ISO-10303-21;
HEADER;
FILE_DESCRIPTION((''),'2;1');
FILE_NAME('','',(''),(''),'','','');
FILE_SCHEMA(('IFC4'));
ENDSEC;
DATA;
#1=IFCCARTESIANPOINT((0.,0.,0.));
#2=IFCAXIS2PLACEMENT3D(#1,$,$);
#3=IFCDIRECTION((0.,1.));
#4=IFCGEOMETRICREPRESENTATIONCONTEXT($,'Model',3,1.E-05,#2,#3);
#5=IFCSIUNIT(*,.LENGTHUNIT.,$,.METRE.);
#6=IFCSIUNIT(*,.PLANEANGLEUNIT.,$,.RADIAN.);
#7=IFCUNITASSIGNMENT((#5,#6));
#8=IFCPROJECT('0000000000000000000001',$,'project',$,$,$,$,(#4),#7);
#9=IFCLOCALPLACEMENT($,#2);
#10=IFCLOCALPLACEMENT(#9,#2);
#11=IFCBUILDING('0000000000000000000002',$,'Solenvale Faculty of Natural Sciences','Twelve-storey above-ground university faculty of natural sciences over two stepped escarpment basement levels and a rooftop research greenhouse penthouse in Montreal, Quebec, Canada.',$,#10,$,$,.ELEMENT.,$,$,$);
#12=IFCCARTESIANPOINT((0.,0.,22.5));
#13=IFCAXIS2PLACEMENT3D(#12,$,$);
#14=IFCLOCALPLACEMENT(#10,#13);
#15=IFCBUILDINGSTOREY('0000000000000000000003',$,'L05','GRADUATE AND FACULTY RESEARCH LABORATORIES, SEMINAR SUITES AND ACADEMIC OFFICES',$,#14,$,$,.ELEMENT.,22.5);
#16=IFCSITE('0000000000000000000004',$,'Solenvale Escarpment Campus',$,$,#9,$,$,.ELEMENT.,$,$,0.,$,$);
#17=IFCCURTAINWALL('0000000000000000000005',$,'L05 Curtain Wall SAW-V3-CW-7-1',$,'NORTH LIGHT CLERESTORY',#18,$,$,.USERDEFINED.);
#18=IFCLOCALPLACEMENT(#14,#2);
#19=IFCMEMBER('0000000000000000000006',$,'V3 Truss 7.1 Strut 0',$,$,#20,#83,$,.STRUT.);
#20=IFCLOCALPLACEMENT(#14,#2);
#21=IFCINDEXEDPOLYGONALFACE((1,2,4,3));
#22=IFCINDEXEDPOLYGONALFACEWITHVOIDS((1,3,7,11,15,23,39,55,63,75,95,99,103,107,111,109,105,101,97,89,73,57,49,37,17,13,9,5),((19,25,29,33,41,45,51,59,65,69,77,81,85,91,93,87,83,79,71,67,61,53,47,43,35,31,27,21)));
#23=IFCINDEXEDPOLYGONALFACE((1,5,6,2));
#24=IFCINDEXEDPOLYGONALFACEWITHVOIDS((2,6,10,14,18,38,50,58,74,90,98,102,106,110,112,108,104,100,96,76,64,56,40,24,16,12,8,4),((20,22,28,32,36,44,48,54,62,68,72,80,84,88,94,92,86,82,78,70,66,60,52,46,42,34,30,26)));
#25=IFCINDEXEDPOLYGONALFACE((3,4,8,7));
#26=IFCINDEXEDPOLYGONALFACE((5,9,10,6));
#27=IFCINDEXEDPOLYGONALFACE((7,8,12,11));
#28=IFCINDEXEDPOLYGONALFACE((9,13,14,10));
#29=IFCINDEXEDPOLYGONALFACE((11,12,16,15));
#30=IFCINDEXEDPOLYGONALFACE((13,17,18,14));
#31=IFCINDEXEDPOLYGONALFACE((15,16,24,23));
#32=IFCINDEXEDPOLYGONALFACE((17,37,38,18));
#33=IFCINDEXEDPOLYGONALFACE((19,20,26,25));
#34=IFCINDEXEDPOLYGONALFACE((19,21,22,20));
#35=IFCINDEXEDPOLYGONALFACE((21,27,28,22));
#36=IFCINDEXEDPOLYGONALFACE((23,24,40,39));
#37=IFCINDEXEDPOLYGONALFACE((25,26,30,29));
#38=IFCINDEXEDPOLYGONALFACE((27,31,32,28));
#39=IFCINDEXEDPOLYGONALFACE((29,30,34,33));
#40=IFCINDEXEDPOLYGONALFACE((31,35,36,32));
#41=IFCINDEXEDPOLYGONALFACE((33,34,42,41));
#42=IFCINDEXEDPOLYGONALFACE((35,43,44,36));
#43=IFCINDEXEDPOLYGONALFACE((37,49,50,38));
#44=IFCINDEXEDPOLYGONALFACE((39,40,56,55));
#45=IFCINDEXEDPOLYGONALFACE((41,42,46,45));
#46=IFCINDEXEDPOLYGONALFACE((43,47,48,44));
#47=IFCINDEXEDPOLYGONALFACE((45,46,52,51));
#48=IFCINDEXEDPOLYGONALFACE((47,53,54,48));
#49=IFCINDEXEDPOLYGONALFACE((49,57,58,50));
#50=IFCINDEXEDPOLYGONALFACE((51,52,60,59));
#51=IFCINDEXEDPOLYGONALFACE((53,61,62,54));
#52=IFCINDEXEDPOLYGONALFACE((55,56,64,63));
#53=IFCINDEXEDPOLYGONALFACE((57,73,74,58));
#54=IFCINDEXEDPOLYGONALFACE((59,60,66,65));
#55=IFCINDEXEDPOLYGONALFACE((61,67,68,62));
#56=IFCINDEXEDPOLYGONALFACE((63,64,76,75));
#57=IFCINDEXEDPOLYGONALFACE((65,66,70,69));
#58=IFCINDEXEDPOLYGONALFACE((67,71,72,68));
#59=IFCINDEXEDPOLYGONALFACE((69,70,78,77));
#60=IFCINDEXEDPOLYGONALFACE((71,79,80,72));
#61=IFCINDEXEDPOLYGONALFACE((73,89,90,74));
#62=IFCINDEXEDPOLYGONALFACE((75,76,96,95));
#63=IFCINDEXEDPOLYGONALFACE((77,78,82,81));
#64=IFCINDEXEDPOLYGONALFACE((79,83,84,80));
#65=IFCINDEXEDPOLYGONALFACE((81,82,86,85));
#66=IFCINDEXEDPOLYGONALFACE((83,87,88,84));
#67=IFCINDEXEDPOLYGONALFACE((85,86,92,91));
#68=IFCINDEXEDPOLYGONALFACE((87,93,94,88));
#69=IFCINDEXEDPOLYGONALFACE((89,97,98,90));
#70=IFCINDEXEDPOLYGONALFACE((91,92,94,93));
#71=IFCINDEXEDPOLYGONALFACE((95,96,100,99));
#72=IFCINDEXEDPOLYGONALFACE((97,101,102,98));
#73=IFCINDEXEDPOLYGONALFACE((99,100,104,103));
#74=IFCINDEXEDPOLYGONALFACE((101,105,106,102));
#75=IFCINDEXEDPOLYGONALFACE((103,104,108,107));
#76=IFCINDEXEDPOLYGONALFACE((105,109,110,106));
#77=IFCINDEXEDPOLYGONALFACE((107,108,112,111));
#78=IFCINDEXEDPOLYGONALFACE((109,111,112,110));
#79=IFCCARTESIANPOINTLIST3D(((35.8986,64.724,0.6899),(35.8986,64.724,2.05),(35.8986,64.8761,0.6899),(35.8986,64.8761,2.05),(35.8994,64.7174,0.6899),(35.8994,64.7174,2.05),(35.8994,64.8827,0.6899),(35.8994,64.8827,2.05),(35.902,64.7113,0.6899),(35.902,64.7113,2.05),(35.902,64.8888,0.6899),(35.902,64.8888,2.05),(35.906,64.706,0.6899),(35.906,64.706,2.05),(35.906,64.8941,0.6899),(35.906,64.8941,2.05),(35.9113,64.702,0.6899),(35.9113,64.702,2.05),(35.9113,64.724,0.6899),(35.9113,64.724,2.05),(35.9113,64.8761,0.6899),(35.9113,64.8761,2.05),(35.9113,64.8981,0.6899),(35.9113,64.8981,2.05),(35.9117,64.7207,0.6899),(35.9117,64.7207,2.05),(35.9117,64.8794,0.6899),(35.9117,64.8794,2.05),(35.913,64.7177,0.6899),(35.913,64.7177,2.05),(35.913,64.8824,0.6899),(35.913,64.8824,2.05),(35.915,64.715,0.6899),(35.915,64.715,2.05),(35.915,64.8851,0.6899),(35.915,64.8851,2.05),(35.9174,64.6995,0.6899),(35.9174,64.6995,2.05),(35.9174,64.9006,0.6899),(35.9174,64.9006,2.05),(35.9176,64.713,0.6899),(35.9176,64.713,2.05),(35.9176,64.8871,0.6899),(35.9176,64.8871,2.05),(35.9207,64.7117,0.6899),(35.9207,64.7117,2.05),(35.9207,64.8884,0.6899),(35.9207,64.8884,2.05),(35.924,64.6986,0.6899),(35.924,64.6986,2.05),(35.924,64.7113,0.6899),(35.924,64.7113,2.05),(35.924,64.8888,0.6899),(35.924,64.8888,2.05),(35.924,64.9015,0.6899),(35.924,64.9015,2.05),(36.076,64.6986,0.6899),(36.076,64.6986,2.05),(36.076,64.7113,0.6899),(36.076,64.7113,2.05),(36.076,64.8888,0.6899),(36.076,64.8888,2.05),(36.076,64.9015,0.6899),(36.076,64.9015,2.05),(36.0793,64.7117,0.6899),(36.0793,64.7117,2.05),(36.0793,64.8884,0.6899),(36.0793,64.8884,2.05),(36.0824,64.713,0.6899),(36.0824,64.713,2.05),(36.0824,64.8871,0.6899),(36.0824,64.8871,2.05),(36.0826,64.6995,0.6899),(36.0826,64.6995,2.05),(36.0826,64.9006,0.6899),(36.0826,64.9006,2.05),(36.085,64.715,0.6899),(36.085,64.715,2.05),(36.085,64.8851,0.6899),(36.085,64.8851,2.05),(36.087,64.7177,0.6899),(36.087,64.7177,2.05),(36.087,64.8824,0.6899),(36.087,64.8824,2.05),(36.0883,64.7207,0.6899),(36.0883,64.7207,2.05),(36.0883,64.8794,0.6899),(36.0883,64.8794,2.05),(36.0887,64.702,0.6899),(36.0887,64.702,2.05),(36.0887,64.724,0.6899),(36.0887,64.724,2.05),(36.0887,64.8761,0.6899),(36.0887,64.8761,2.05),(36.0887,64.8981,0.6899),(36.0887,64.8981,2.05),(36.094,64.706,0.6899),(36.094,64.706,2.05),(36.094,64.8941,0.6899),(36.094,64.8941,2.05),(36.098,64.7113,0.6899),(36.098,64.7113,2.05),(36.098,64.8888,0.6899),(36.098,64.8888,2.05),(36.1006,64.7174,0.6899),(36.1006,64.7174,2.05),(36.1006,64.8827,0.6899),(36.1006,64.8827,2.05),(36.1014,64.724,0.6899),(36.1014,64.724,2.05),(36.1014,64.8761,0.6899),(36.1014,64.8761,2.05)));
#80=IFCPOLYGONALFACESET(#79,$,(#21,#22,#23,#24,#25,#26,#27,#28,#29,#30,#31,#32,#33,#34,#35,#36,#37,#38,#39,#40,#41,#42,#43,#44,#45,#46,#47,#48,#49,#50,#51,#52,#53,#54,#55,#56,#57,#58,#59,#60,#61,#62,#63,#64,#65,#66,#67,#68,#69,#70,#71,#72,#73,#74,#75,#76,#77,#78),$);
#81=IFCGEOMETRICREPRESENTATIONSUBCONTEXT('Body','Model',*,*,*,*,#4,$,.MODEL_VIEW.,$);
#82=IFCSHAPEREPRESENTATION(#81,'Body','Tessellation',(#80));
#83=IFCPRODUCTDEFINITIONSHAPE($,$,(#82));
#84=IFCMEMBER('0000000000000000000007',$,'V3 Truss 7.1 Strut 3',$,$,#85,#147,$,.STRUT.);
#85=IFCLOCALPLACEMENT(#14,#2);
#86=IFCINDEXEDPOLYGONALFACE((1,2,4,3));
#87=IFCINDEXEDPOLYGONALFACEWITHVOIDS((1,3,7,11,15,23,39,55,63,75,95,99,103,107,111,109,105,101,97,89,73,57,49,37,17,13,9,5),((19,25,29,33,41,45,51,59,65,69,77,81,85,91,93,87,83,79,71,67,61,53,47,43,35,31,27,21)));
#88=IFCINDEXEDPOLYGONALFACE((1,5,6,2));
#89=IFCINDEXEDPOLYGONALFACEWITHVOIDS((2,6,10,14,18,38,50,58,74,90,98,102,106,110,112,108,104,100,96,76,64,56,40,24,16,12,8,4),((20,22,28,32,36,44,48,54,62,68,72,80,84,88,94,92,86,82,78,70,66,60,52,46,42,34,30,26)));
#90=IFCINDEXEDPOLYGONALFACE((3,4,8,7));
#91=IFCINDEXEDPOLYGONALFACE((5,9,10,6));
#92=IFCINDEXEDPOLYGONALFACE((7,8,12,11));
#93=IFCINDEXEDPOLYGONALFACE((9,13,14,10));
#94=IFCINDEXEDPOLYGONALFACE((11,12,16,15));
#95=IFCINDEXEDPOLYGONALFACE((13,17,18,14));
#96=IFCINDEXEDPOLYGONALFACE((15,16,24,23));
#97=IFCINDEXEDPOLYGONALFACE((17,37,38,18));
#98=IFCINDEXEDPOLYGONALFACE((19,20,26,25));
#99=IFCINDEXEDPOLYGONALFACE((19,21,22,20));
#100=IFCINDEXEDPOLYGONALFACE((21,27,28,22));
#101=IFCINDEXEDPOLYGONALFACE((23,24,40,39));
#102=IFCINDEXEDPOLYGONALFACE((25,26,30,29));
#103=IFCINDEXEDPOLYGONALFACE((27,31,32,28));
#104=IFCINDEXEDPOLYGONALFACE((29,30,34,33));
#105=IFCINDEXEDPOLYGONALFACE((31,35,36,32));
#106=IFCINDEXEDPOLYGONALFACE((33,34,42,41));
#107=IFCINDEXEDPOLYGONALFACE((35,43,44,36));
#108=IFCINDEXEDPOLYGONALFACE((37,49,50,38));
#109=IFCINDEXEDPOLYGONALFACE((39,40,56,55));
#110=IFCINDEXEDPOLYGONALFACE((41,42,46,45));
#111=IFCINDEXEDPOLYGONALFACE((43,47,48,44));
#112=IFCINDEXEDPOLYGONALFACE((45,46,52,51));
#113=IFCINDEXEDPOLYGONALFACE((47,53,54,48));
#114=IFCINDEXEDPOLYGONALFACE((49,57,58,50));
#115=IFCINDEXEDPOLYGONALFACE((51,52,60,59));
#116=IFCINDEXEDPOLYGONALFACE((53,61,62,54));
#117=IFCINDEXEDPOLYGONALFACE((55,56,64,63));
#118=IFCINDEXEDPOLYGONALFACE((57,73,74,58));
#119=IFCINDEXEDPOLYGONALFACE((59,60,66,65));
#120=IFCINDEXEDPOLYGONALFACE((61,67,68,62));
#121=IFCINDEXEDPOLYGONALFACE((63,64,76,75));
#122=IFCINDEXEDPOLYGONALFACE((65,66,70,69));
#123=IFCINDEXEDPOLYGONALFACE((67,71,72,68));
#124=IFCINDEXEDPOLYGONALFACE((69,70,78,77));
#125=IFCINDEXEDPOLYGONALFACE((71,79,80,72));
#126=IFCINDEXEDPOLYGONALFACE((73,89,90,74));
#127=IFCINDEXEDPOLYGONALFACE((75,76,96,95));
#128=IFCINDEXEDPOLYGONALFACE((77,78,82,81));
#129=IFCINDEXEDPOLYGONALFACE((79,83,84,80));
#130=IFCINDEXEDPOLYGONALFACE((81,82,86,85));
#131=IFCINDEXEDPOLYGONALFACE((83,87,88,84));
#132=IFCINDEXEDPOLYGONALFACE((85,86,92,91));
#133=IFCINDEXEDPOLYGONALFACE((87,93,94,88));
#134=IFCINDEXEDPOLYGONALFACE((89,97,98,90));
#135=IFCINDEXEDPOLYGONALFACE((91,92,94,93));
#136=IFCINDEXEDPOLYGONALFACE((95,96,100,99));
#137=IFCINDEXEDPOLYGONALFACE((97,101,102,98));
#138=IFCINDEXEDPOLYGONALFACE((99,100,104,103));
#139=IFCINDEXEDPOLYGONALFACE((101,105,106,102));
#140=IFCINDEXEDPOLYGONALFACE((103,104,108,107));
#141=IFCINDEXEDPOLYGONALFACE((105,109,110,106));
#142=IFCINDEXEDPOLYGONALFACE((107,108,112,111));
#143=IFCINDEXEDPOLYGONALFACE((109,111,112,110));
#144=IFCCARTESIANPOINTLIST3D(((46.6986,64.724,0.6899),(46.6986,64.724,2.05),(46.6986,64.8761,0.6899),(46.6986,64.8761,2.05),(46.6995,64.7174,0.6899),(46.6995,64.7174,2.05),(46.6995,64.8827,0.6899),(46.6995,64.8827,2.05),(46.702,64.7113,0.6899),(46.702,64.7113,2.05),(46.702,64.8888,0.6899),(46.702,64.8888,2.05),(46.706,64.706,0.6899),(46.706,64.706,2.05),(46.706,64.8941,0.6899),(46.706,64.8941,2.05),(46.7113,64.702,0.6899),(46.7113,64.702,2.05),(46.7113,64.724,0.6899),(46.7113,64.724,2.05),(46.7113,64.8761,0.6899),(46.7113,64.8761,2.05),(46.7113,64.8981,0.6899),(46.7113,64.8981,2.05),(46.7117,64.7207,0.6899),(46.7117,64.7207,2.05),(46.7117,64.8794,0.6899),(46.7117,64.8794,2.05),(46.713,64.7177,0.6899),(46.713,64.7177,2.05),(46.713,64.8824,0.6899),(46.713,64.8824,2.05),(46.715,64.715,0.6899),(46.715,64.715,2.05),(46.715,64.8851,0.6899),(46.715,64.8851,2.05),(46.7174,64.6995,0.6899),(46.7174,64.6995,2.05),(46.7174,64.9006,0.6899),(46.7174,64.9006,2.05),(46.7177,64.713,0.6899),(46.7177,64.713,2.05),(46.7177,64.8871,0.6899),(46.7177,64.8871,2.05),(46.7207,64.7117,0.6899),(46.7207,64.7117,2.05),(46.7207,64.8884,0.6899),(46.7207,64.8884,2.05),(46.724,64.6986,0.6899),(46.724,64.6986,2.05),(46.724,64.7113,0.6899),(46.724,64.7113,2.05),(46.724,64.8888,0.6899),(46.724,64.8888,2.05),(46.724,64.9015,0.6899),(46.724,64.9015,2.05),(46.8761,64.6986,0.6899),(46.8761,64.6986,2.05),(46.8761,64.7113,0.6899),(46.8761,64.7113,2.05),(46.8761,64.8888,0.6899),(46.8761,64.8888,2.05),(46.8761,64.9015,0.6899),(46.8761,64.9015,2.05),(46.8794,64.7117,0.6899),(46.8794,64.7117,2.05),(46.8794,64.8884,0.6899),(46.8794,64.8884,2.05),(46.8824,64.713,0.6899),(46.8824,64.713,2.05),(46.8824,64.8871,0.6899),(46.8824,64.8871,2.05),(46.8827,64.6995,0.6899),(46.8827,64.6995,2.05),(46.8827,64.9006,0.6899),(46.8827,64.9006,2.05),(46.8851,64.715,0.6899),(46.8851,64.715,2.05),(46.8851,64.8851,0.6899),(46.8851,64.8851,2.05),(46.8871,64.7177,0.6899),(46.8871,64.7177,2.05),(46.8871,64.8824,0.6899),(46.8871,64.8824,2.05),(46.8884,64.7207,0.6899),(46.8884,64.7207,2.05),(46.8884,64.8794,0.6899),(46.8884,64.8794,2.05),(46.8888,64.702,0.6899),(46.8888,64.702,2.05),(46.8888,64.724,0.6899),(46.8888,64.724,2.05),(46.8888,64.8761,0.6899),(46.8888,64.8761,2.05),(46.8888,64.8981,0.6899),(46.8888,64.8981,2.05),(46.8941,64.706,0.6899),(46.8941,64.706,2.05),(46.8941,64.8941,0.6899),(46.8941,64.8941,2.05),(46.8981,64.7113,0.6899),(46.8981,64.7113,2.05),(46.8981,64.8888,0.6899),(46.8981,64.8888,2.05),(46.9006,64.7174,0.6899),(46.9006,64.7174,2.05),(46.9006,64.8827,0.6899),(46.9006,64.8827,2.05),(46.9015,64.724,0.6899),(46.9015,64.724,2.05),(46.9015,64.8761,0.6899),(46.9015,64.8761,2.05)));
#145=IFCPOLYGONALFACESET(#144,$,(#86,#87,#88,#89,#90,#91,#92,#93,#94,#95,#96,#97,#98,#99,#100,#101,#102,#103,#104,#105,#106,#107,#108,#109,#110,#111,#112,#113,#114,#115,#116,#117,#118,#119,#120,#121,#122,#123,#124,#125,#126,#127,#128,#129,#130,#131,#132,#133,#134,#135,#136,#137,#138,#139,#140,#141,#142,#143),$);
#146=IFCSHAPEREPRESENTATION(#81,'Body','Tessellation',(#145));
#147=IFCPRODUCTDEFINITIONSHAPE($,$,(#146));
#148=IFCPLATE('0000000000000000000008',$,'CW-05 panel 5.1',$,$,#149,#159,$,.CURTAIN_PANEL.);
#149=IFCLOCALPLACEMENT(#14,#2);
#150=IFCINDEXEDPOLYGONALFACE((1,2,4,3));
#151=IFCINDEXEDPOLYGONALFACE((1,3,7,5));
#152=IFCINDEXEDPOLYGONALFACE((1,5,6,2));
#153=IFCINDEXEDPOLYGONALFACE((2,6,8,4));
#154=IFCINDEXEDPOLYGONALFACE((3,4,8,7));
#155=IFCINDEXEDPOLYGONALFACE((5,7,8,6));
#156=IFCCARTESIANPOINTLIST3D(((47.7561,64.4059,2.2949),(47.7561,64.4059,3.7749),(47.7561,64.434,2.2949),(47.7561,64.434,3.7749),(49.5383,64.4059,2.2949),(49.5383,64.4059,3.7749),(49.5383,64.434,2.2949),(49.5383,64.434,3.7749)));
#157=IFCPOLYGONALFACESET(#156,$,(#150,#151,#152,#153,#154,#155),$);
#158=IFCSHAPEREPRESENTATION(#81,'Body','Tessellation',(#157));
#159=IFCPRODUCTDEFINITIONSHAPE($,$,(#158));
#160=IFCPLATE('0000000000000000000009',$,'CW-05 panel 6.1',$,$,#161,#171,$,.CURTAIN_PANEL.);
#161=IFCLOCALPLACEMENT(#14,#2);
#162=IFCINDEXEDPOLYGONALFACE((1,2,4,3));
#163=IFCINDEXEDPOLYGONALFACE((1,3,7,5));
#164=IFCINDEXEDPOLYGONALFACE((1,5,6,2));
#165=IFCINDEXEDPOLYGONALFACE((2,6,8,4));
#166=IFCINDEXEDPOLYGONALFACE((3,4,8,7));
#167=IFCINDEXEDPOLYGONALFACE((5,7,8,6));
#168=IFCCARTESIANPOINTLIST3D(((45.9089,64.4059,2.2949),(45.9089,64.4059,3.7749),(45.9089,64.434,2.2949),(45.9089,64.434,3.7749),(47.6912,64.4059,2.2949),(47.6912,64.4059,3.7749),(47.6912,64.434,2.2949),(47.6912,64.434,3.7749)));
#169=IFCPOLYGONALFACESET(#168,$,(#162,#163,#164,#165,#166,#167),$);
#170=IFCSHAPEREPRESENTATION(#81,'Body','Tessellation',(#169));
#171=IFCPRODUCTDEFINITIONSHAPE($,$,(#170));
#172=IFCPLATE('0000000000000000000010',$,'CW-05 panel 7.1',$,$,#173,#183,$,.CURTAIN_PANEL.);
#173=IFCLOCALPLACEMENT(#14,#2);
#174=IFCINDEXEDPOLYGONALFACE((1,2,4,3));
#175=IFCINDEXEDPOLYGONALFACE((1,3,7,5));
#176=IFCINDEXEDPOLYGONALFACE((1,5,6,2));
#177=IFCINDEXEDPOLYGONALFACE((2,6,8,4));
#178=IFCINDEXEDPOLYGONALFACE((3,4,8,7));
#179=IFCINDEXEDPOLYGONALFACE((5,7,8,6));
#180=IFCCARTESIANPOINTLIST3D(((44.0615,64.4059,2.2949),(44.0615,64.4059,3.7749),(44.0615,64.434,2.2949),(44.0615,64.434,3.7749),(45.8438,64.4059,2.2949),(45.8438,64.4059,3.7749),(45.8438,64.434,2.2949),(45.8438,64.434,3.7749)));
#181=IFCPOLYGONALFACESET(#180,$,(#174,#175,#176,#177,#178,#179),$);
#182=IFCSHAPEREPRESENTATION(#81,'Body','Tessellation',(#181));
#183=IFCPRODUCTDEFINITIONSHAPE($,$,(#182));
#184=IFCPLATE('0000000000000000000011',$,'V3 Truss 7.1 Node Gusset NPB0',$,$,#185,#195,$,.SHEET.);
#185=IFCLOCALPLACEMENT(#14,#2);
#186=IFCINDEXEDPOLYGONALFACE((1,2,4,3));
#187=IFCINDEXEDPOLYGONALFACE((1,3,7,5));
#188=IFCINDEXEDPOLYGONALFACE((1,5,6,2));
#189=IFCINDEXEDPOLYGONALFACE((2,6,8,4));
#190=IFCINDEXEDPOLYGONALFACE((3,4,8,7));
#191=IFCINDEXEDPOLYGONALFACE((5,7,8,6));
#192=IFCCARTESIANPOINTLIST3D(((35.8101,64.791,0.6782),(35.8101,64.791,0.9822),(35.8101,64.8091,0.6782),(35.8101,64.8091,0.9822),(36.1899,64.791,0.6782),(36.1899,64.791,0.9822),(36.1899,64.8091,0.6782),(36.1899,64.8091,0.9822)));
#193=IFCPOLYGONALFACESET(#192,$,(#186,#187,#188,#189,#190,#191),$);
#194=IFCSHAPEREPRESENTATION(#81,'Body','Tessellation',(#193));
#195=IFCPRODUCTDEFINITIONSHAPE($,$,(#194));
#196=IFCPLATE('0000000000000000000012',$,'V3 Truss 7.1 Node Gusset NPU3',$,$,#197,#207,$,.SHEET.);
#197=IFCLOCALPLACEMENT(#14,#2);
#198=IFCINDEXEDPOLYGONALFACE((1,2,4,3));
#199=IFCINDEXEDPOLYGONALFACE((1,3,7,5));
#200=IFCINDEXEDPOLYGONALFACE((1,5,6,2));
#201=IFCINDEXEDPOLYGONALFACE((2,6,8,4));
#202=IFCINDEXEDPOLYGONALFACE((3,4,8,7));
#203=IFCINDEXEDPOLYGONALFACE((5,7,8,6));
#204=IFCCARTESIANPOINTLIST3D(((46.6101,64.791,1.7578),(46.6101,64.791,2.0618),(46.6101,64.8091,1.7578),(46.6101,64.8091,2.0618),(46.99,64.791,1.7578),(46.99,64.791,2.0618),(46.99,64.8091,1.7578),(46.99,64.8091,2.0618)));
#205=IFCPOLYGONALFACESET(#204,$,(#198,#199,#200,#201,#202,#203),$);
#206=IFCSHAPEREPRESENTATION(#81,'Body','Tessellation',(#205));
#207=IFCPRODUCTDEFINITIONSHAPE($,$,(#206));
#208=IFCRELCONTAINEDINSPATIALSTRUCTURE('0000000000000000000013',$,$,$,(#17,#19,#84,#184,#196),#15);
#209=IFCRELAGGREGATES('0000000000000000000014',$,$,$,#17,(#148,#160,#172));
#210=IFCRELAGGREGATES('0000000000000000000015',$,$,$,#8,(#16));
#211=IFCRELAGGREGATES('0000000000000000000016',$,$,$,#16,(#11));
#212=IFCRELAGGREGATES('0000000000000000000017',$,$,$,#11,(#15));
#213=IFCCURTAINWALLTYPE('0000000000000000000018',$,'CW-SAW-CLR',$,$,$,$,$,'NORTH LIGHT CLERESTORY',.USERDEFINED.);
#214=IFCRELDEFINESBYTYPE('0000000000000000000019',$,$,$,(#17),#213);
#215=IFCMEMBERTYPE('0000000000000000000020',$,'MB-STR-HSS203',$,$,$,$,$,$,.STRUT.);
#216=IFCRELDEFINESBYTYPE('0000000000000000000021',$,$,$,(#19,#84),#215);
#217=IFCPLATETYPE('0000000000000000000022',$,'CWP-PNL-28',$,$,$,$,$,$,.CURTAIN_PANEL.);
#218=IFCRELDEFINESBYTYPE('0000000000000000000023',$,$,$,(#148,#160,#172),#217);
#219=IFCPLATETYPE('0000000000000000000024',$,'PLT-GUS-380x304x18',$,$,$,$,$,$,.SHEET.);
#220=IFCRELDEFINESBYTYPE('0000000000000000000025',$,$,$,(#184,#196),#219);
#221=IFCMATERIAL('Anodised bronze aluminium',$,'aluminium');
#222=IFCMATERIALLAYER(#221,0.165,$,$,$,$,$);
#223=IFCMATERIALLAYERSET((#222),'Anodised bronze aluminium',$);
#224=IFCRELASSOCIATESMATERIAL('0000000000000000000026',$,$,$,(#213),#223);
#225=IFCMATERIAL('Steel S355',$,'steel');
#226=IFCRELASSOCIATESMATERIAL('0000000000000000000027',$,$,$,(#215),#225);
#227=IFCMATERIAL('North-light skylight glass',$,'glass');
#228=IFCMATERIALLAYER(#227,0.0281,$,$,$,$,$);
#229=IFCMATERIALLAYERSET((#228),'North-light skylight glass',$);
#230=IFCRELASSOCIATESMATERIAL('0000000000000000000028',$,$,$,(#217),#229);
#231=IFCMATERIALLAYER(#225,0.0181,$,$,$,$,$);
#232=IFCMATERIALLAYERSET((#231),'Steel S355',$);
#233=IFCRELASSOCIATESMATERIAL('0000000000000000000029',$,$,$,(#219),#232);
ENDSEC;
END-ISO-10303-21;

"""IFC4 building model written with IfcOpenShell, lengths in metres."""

from ifc_helpers import new_model, si_unit, direction, frame, origin, origin_2d, place, context, subcontext, project, spatial, rectangle, hollow_rectangle, extrude, material, layer, layer_set, material_profile, profile_set, type_object, element, aggregate, save


model = new_model("IFC4")

# Units and contexts
model_context = context("Model", 3, precision=1e-05, world=origin(), true_north=direction((0.0, 1.0)))
body_context = subcontext(model_context, "Body", "Model", "MODEL_VIEW")
ifc_project = project(units=[si_unit("LENGTHUNIT", "METRE"), si_unit("PLANEANGLEUNIT", "RADIAN")], contexts=[model_context])

# Site, building, storey
site_placement = place(None, origin())
site = spatial("IfcSite", under=ifc_project, at=site_placement, Name="Solenvale Escarpment Campus", CompositionType="ELEMENT", RefElevation=0.0)
building_placement = place(site_placement, origin())
building = spatial("IfcBuilding", under=site, at=building_placement, Name="Solenvale Faculty of Natural Sciences", Description="Twelve-storey above-ground university faculty of natural sciences over two stepped escarpment basement levels and a rooftop research greenhouse penthouse in Montreal, Quebec, Canada.", CompositionType="ELEMENT")
storey_placement = place(building_placement, frame((0.0, 0.0, 22.5)))
storey = spatial("IfcBuildingStorey", under=building, at=storey_placement, Name="L05", Description="GRADUATE AND FACULTY RESEARCH LABORATORIES, SEMINAR SUITES AND ACADEMIC OFFICES", CompositionType="ELEMENT", Elevation=22.5)

# Shared definitions
ifc_material_1 = material(Name="Steel S355", Category="steel")

# Curtain wall
ifc_material_2 = material(Name="Anodised bronze aluminium", Category="aluminium")
ifc_layer_1 = layer(ifc_material_2, 0.165)
ifc_layer_set_1 = layer_set([ifc_layer_1], Name="Anodised bronze aluminium")
curtain_wall_type = type_object("IfcCurtainWallType", Name="CW-SAW-CLR", ElementType="NORTH LIGHT CLERESTORY", PredefinedType="USERDEFINED", material=ifc_layer_set_1)
curtain_wall_placement = place(storey_placement, origin())
curtain_wall = element("IfcCurtainWall", 1, at=curtain_wall_placement, inside=storey, type_object=curtain_wall_type, Name="L05 Curtain Wall SAW-V3-CW-7-1", ObjectType="NORTH LIGHT CLERESTORY", PredefinedType="USERDEFINED")

# Members
ifc_material_profile_1 = material_profile(ifc_material_1, hollow_rectangle(XDim=0.2029, YDim=0.2029, WallThickness=0.0127, InnerFilletRadius=0.0127, OuterFilletRadius=0.0254, at=origin_2d()), Name="HSS203x203x13")
ifc_profile_set_1 = profile_set([ifc_material_profile_1], Name="Steel S355")
member_type_1 = type_object("IfcMemberType", Name="MB-STR-HSS203", PredefinedType="STRUT", material=ifc_profile_set_1)
for number, where, z_axis, x_axis, name in (
    (2, (36.0, 64.8, 0.6899), (0.0, 0.0, 1.0), (1.0, 0.0, 0.0), "V3 Truss 7.1 Strut 0"),
    (3, (46.8, 64.8, 0.6899), (0.0, 0.0, 1.0), (1.0, 0.0, 0.0), "V3 Truss 7.1 Strut 3"),
):
    element("IfcMember", number, at=place(storey_placement, frame(where, z_axis=z_axis, x_axis=x_axis)), inside=storey, type_object=member_type_1, Name=name, PredefinedType="STRUT", context=body_context, shape_type="SweptSolid", body=[
        extrude(hollow_rectangle(XDim=0.2029, YDim=0.2029, WallThickness=0.0127, InnerFilletRadius=0.0127, OuterFilletRadius=0.0254, at=origin_2d()), origin(), (0.0, 0.0, 1.0), 1.3601),
    ])

# Plates
ifc_material_3 = material(Name="North-light skylight glass", Category="glass")
ifc_layer_2 = layer(ifc_material_3, 0.0281)
ifc_layer_set_2 = layer_set([ifc_layer_2], Name="North-light skylight glass")
plate_type_1 = type_object("IfcPlateType", Name="CWP-PNL-28", PredefinedType="CURTAIN_PANEL", material=ifc_layer_set_2)
plate_1_placement = place(storey_placement, frame((48.6472, 64.4199, 2.2949), z_axis=(0.0, 0.0, 1.0), x_axis=(-1.0, 0.0, 0.0)))
plate_1 = element("IfcPlate", 4, at=plate_1_placement, type_object=plate_type_1, Name="CW-05 panel 5.1", PredefinedType="CURTAIN_PANEL", context=body_context, shape_type="SweptSolid", body=[
    extrude(rectangle(XDim=1.7822, YDim=0.0281, at=origin_2d()), origin(), (0.0, 0.0, 1.0), 1.48),
])
plate_2_placement = place(storey_placement, frame((46.8, 64.4199, 2.2949), z_axis=(0.0, 0.0, 1.0), x_axis=(-1.0, 0.0, 0.0)))
plate_2 = element("IfcPlate", 5, at=plate_2_placement, type_object=plate_type_1, Name="CW-05 panel 6.1", PredefinedType="CURTAIN_PANEL", context=body_context, shape_type="SweptSolid", body=[
    extrude(rectangle(XDim=1.7822, YDim=0.0281, at=origin_2d()), origin(), (0.0, 0.0, 1.0), 1.48),
])
plate_3_placement = place(storey_placement, frame((44.9526, 64.4199, 2.2949), z_axis=(0.0, 0.0, 1.0), x_axis=(-1.0, 0.0, 0.0)))
plate_3 = element("IfcPlate", 6, at=plate_3_placement, type_object=plate_type_1, Name="CW-05 panel 7.1", PredefinedType="CURTAIN_PANEL", context=body_context, shape_type="SweptSolid", body=[
    extrude(rectangle(XDim=1.7822, YDim=0.0281, at=origin_2d()), origin(), (0.0, 0.0, 1.0), 1.48),
])
aggregate(curtain_wall, [plate_1, plate_2, plate_3])

# Plates
ifc_layer_3 = layer(ifc_material_1, 0.0181)
ifc_layer_set_3 = layer_set([ifc_layer_3], Name="Steel S355")
plate_type_2 = type_object("IfcPlateType", Name="PLT-GUS-380x304x18", PredefinedType="SHEET", material=ifc_layer_set_3)
for number, where, z_axis, x_axis, name in (
    (7, (36.0, 64.8, 0.6782), (0.0, 0.0, 1.0), (1.0, 0.0, 0.0), "V3 Truss 7.1 Node Gusset NPB0"),
    (8, (46.8, 64.8, 1.7578), (0.0, 0.0, 1.0), (1.0, 0.0, 0.0), "V3 Truss 7.1 Node Gusset NPU3"),
):
    element("IfcPlate", number, at=place(storey_placement, frame(where, z_axis=z_axis, x_axis=x_axis)), inside=storey, type_object=plate_type_2, Name=name, PredefinedType="SHEET", context=body_context, shape_type="SweptSolid", body=[
        extrude(rectangle(XDim=0.3799, YDim=0.0181, at=origin_2d()), origin(), (0.0, 0.0, 1.0), 0.304),
    ])

save(model, "model.ifc")
